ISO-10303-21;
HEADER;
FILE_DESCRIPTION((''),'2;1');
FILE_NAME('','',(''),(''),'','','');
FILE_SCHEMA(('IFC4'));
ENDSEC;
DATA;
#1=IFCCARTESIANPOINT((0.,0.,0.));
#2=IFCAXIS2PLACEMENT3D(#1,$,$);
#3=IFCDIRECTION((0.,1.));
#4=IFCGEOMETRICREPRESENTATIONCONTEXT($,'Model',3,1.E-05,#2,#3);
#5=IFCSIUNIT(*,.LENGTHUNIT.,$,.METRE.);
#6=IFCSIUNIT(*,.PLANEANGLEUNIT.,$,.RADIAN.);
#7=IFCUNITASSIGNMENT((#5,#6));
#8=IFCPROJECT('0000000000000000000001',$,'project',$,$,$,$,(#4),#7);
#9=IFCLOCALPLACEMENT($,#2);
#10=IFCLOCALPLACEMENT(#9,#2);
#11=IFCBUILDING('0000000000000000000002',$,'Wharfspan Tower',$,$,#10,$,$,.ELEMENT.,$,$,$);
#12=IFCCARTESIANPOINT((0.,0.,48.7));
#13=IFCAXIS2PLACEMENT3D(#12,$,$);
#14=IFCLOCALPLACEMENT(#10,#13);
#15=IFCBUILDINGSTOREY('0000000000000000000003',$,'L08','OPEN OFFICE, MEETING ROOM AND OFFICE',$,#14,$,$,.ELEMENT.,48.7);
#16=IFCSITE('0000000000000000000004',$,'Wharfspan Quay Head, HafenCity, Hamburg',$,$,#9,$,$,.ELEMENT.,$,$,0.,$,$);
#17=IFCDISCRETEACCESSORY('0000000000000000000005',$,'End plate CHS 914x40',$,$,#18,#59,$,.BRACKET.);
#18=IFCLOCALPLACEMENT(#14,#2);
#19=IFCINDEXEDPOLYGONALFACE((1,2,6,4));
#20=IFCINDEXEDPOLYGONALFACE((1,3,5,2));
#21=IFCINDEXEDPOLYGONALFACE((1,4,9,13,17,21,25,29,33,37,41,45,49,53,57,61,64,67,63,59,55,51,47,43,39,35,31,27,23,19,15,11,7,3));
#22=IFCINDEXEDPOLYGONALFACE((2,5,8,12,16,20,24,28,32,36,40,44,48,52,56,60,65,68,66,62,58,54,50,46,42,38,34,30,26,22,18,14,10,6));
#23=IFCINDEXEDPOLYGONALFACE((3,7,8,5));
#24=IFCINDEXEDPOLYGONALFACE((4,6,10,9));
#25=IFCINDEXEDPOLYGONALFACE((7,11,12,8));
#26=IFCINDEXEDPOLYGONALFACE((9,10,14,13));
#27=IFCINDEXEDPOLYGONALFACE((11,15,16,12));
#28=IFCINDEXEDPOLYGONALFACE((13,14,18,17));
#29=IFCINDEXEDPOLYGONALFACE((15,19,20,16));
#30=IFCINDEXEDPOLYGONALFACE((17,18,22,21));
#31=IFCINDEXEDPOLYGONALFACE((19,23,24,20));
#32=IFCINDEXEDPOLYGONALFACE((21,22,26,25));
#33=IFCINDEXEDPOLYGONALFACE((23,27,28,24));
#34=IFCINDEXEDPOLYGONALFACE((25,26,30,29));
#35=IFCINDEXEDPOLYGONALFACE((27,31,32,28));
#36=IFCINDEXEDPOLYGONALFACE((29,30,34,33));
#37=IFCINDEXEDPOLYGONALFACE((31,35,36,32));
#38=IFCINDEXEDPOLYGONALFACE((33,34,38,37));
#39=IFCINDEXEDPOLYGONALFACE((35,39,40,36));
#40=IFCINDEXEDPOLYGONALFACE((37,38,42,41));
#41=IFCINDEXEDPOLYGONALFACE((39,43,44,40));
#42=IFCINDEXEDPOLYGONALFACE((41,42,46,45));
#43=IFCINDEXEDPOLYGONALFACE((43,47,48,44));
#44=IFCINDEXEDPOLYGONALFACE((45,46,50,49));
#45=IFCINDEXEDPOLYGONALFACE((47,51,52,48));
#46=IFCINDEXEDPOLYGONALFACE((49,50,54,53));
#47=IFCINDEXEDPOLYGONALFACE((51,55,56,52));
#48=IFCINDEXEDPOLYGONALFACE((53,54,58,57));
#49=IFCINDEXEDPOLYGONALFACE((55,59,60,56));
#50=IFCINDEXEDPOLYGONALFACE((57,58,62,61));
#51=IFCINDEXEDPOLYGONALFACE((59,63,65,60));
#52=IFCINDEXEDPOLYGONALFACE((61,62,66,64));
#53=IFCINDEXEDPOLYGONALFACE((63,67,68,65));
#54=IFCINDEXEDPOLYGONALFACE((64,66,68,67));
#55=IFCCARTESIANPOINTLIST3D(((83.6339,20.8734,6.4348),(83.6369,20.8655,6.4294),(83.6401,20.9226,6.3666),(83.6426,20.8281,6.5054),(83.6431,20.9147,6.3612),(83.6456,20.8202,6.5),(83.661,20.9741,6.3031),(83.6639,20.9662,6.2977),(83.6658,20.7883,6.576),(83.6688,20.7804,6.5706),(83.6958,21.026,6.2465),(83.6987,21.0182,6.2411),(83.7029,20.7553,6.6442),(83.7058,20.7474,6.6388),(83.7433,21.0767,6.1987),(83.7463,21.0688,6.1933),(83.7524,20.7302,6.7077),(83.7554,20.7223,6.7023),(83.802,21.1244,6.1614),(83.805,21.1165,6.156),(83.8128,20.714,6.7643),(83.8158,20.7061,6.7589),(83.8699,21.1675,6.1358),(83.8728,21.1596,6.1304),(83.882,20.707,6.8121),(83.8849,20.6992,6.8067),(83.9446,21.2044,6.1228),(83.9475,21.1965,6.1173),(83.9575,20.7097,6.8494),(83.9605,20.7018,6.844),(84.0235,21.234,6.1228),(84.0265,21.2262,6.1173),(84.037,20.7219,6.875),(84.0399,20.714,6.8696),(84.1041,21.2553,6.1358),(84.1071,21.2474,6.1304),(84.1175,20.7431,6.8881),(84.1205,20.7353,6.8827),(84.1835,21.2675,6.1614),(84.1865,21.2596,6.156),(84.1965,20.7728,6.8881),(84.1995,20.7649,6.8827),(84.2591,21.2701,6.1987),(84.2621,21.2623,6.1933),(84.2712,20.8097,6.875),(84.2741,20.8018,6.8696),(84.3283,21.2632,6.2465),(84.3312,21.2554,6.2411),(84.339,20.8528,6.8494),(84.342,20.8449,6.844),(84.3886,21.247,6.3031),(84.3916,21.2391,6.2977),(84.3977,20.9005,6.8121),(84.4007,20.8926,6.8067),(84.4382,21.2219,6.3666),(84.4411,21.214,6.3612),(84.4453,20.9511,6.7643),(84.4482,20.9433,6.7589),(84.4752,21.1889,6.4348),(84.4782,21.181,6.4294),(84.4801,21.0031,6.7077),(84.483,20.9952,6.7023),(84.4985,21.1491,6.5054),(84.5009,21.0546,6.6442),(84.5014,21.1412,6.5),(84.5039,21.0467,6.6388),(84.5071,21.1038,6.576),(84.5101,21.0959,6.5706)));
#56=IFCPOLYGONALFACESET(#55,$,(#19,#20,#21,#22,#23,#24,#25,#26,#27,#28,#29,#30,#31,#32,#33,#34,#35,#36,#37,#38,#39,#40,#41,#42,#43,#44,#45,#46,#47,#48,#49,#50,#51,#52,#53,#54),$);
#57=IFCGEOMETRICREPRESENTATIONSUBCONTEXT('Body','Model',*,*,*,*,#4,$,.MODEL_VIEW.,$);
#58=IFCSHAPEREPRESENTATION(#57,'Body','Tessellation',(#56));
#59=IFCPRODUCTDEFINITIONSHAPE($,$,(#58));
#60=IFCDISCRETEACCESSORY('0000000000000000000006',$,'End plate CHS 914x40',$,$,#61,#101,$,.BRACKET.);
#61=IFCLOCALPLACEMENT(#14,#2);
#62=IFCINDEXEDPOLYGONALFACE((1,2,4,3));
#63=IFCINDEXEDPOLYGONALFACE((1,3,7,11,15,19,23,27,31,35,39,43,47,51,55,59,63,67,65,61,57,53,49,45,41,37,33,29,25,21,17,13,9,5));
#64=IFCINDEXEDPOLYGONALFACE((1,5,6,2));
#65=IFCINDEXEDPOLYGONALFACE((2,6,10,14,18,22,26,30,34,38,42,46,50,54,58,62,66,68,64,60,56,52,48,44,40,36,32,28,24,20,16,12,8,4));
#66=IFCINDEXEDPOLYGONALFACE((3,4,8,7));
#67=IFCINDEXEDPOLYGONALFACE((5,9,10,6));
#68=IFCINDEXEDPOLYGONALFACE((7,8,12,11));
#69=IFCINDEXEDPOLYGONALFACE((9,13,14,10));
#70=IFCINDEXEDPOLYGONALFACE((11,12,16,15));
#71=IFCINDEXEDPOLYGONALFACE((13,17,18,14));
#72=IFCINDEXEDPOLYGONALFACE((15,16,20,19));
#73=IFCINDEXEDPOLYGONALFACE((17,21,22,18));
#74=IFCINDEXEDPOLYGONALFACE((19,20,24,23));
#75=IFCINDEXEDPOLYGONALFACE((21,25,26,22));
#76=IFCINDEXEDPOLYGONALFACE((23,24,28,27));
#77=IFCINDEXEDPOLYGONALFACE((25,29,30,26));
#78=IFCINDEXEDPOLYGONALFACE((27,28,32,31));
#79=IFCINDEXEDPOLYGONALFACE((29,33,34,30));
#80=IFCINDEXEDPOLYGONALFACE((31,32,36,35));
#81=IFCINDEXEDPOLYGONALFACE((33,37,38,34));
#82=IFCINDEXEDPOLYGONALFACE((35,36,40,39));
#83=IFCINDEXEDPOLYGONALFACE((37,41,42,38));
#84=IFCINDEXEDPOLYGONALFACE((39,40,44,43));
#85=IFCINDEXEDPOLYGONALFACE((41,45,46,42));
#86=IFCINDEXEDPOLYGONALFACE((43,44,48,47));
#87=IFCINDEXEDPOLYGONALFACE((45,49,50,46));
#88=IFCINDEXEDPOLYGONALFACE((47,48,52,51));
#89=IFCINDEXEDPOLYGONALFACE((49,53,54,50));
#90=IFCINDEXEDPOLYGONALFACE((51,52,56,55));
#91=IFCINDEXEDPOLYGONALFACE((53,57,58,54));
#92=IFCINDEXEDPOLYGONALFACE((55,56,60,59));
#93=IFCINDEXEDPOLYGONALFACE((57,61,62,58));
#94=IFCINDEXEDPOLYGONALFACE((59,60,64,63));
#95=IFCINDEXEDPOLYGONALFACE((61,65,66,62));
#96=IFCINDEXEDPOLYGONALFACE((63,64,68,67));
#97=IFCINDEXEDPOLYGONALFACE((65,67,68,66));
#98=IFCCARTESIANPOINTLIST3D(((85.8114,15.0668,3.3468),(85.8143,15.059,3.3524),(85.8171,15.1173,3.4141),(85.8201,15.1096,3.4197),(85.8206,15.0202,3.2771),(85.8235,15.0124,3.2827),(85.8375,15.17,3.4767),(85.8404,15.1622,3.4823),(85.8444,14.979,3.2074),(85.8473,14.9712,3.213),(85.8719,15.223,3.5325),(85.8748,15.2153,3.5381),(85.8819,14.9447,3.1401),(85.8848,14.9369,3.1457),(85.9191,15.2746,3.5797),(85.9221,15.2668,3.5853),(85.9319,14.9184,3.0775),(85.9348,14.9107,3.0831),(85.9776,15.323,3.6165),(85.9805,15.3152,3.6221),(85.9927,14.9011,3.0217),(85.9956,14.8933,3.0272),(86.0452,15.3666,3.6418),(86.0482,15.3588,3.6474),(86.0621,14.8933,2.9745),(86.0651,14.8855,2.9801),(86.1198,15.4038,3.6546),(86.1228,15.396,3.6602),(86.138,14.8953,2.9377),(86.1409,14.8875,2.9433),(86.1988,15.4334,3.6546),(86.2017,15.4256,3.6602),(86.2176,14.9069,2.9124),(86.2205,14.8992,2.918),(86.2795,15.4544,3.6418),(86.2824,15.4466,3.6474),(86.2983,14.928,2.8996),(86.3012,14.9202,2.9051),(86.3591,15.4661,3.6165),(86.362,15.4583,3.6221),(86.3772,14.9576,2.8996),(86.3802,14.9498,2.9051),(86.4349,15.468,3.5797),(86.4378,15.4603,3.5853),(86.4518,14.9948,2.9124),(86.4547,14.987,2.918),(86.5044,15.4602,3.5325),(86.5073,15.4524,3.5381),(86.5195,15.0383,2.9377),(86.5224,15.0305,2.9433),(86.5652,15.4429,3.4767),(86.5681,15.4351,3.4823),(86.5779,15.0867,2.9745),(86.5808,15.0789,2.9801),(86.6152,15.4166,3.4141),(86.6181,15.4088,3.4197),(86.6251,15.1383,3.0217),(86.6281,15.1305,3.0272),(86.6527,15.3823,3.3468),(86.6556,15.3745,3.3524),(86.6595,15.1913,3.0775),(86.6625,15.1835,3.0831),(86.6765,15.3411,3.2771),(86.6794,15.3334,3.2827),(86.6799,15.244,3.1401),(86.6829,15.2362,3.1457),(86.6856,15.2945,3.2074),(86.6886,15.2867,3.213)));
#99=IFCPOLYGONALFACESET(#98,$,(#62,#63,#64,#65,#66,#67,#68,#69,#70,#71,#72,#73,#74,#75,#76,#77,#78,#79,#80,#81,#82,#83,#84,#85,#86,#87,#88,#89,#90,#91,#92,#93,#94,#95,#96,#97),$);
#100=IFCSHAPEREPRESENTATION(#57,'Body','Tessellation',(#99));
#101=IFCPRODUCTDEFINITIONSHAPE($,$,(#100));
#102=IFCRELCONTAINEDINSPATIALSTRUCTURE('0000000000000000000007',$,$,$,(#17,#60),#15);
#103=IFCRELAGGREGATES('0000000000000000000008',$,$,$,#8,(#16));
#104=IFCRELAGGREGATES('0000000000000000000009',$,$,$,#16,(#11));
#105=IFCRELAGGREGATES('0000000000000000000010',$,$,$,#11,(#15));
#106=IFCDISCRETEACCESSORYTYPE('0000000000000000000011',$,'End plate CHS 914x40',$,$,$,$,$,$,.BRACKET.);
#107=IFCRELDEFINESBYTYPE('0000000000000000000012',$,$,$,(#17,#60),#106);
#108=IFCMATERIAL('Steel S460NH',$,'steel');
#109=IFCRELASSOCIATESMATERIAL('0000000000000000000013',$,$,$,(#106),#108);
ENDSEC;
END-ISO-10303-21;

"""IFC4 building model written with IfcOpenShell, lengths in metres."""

from ifc_helpers import new_model, si_unit, direction, frame, origin, origin_2d, place, context, subcontext, project, spatial, circle, extrude, material, material_profile, profile_set, type_object, element, save


model = new_model("IFC4")

# Units and contexts
model_context = context("Model", 3, precision=1e-05, world=origin(), true_north=direction((0.0, 1.0)))
body_context = subcontext(model_context, "Body", "Model", "MODEL_VIEW")
ifc_project = project(units=[si_unit("LENGTHUNIT", "METRE"), si_unit("PLANEANGLEUNIT", "RADIAN")], contexts=[model_context])

# Site, building, storey
site_placement = place(None, origin())
site = spatial("IfcSite", under=ifc_project, at=site_placement, Name="Wharfspan Quay Head, HafenCity, Hamburg", CompositionType="ELEMENT", RefElevation=0.0)
building_placement = place(site_placement, origin())
building = spatial("IfcBuilding", under=site, at=building_placement, Name="Wharfspan Tower", CompositionType="ELEMENT")
storey_placement = place(building_placement, frame((0.0, 0.0, 48.7)))
storey = spatial("IfcBuildingStorey", under=building, at=storey_placement, Name="L08", Description="OPEN OFFICE, MEETING ROOM AND OFFICE", CompositionType="ELEMENT", Elevation=48.7)

# Shared definitions
ifc_material_1 = material(Name="Steel S460NH", Category="steel")

# Discrete accessories
ifc_material_profile_1 = material_profile(ifc_material_1, circle(Radius=0.457, at=origin_2d()))
ifc_profile_set_1 = profile_set([ifc_material_profile_1], Name="Steel S460NH")
discrete_accessory_type = type_object("IfcDiscreteAccessoryType", Name="End plate CHS 914x40", PredefinedType="BRACKET", material=ifc_profile_set_1)
for number, where, z_axis, x_axis, name in (
    (1, (84.0735, 20.9807, 6.5), (-0.295241, 0.787309, 0.541275), (-0.936333, -0.351125, 0.0), "End plate CHS 914x40"),
    (2, (86.2485, 15.1807, 3.2771), (0.2913, -0.7768, 0.558325), (0.936328, 0.351123, 0.0), "End plate CHS 914x40"),
):
    element("IfcDiscreteAccessory", number, at=place(storey_placement, frame(where, z_axis=z_axis, x_axis=x_axis)), inside=storey, type_object=discrete_accessory_type, Name=name, PredefinedType="BRACKET", context=body_context, shape_type="SweptSolid", body=[
        extrude(circle(Radius=0.457, at=origin_2d()), origin(), (0.0, 0.0, 1.0), 0.01),
    ])

save(model, "model.ifc")
